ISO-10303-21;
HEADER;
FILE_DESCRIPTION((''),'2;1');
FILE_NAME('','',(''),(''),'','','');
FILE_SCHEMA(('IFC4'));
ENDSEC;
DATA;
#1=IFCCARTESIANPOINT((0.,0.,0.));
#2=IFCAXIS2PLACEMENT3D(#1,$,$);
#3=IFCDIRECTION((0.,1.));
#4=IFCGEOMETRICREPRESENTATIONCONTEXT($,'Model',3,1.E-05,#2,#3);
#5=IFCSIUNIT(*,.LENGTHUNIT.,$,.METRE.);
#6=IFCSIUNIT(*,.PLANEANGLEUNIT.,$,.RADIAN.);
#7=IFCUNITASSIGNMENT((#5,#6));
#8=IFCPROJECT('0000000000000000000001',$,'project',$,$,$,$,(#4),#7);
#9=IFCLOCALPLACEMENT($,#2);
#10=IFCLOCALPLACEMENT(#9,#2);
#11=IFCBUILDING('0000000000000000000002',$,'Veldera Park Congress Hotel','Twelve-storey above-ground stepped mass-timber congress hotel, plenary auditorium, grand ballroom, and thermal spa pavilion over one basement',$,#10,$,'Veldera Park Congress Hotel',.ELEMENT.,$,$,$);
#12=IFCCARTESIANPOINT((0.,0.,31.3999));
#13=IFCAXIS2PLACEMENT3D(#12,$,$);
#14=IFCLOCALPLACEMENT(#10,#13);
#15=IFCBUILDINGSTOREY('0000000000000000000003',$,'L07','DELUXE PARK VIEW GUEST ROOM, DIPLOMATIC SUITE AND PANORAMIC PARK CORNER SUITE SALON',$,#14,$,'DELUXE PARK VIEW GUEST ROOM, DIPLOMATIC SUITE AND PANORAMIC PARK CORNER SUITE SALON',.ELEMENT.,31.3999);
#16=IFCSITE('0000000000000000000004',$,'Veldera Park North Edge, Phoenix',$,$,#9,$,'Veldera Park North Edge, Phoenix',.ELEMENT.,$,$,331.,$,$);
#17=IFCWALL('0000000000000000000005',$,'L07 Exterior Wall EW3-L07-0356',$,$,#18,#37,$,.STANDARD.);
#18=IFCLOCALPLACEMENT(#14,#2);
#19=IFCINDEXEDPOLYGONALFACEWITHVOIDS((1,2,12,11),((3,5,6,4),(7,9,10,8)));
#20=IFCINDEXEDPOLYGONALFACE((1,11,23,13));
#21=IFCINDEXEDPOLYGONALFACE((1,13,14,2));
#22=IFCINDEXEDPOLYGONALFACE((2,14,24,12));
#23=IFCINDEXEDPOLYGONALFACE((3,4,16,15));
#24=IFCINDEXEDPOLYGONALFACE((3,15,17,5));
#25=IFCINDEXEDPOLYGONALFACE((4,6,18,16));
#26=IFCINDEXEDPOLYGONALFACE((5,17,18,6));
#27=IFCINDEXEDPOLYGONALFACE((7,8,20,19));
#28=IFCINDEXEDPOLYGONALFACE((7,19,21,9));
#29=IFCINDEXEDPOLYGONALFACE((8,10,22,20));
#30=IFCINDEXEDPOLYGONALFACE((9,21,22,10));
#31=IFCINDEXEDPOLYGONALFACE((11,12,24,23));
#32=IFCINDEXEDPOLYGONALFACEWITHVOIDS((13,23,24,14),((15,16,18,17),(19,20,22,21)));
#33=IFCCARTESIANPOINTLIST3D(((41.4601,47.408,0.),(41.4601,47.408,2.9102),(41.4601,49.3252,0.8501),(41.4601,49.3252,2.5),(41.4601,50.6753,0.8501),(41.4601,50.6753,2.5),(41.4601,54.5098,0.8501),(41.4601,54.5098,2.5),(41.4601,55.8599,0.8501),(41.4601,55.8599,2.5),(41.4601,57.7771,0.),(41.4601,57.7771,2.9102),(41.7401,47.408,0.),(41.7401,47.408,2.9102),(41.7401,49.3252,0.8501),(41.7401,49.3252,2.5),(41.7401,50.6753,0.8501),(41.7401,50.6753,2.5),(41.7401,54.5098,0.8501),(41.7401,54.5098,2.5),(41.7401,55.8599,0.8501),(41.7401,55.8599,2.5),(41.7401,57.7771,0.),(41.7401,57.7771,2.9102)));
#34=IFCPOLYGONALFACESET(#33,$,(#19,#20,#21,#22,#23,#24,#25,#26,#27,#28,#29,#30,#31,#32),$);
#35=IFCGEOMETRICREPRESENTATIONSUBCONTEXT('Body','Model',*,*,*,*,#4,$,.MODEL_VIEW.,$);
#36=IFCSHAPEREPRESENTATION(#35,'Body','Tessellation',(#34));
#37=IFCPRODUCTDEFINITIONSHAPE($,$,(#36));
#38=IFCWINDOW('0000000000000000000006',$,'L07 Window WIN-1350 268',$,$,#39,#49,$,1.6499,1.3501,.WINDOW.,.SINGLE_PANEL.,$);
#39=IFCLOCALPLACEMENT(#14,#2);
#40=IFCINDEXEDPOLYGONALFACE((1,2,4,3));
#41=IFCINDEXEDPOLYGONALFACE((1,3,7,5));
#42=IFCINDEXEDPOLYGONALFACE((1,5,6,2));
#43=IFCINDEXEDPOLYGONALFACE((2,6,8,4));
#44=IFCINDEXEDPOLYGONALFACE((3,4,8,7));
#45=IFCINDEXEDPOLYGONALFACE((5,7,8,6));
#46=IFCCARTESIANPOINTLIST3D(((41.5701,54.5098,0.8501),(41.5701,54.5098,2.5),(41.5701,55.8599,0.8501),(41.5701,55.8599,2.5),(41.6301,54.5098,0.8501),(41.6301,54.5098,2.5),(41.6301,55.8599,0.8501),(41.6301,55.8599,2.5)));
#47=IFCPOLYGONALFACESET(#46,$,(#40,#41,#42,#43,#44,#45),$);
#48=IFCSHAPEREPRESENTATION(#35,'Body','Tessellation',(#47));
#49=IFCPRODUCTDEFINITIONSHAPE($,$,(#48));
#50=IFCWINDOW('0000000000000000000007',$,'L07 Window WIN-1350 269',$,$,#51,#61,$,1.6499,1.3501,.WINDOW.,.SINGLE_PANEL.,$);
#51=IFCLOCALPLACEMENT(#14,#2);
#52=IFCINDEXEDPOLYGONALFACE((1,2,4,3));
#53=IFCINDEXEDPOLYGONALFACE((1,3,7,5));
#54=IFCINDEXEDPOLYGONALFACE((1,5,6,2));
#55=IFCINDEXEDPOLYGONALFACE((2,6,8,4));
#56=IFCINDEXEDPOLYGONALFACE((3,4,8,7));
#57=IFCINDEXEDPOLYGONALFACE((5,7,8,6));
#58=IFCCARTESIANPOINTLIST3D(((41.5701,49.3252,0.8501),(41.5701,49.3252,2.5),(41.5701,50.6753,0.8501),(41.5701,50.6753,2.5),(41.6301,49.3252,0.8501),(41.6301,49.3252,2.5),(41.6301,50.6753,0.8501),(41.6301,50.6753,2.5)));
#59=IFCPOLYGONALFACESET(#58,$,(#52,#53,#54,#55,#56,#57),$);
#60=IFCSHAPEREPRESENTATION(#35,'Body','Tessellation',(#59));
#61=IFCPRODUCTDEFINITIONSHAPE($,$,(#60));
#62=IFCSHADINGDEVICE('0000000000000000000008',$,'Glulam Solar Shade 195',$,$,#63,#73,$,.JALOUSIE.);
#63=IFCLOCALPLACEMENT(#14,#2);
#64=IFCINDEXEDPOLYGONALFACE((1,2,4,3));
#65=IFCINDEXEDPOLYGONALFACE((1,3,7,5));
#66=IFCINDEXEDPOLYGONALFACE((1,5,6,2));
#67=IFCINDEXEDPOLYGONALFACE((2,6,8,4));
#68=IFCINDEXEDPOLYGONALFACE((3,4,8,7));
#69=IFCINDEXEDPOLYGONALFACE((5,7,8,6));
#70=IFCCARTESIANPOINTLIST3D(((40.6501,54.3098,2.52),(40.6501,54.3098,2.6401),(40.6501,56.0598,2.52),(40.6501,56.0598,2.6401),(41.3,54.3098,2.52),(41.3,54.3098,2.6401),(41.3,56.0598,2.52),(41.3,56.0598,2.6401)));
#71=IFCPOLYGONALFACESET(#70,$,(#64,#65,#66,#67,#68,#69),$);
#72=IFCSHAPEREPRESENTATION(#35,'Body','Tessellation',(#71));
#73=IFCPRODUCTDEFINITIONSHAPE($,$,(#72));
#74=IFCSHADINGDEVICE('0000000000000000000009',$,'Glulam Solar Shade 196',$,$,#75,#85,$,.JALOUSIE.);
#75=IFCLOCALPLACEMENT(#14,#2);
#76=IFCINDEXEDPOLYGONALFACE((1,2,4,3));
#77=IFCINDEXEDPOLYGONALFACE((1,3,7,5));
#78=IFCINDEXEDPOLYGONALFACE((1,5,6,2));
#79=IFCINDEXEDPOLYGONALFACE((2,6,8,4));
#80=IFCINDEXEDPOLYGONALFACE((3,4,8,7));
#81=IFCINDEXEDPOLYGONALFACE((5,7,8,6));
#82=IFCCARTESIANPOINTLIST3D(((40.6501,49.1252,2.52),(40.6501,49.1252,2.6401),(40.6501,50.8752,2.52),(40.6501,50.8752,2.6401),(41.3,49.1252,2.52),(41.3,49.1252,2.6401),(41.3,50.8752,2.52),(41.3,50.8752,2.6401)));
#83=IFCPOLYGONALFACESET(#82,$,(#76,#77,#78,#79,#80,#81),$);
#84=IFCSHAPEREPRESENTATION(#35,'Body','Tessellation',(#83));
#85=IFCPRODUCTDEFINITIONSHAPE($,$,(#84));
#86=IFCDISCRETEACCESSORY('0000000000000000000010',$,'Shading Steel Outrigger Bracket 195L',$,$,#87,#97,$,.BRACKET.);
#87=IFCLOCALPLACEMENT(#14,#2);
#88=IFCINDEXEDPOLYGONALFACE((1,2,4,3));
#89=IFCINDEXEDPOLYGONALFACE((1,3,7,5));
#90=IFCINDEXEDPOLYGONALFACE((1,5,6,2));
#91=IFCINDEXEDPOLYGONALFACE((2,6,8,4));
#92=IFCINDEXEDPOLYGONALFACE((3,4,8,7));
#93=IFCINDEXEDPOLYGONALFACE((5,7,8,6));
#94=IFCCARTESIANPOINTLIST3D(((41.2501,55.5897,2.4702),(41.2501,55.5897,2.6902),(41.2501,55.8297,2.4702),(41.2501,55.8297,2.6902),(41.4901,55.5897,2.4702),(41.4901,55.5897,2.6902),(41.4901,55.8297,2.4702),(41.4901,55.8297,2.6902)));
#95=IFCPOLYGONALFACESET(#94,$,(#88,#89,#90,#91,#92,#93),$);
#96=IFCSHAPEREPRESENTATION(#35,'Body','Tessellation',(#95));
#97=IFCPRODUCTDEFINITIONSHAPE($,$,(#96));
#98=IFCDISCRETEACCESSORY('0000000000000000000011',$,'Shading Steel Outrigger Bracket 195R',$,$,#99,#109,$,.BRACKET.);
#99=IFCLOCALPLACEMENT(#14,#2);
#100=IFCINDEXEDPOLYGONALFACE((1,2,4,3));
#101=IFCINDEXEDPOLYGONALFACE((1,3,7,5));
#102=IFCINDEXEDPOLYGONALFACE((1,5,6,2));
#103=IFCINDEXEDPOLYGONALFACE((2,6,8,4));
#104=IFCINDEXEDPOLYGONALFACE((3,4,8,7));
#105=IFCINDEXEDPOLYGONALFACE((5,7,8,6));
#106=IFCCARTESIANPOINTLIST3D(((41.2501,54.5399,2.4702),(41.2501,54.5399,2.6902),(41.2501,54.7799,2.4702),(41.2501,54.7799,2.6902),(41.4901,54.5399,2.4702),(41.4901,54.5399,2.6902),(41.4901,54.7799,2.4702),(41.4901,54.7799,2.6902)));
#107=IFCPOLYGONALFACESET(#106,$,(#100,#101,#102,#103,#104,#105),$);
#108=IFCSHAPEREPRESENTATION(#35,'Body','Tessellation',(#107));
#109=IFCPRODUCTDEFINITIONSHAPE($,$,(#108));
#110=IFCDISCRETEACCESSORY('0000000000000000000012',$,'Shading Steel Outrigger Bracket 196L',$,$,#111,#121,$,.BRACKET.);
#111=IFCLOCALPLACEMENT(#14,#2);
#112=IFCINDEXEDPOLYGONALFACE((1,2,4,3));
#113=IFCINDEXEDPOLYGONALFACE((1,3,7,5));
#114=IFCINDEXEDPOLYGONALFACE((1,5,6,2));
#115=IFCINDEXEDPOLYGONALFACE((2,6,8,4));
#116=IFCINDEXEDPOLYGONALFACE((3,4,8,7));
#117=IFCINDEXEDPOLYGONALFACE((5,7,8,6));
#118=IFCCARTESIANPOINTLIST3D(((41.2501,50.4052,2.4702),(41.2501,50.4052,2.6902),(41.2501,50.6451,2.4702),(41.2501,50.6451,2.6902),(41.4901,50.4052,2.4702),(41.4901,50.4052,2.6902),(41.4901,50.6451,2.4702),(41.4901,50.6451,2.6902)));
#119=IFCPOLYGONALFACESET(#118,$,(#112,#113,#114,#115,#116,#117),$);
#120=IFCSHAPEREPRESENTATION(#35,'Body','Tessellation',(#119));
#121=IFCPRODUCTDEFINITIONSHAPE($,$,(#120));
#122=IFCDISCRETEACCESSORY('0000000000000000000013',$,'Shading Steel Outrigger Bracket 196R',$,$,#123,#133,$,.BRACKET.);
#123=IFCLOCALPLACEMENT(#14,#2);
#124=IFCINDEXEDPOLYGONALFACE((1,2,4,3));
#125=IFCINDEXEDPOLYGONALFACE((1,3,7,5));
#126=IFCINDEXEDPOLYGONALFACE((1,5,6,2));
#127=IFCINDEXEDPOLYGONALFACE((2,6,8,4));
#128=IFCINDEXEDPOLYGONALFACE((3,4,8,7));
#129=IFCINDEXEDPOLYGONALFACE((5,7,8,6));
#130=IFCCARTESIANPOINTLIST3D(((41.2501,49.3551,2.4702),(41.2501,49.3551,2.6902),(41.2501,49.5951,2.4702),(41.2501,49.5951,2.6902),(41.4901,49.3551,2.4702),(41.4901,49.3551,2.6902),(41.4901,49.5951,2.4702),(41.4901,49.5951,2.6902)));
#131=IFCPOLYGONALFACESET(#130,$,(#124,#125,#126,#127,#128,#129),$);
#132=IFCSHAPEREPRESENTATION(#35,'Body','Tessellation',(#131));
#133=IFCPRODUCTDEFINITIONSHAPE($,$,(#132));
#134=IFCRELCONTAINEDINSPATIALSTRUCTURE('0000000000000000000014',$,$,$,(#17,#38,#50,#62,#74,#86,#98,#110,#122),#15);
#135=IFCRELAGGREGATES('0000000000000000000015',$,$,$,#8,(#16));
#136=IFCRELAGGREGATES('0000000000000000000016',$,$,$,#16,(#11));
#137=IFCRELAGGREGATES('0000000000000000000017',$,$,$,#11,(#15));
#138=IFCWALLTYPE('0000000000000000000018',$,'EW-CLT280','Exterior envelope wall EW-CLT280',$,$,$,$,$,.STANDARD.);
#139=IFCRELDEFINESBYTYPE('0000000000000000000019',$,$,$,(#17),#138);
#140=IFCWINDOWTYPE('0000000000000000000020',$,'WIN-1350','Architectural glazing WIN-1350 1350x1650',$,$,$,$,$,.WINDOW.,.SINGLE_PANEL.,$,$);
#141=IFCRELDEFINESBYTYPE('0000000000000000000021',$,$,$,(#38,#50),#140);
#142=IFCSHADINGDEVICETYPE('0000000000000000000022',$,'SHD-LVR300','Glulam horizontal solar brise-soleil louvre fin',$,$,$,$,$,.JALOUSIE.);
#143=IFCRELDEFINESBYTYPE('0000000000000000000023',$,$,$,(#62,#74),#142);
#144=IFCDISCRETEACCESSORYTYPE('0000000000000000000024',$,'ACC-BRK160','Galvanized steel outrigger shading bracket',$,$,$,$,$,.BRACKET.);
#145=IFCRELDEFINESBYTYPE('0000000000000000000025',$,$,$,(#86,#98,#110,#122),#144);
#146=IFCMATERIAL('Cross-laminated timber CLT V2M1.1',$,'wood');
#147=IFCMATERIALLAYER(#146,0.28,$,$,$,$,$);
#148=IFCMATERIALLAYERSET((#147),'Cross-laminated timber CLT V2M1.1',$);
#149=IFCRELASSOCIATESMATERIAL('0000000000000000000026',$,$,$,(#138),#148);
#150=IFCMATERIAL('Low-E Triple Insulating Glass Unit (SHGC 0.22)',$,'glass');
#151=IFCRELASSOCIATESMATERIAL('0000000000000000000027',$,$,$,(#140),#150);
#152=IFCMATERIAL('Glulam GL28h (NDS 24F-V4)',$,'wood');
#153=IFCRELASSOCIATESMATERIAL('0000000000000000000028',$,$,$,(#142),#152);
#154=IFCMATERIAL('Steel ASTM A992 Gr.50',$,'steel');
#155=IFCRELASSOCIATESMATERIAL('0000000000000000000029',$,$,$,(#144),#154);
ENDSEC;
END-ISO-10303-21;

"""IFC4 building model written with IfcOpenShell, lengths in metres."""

from ifc_helpers import new_model, si_unit, direction, frame, frame_2d, origin, origin_2d, place, context, subcontext, project, spatial, rectangle, extrude, material, layer, layer_set, type_object, element, fill, save


model = new_model("IFC4")

# Units and contexts
model_context = context("Model", 3, precision=1e-05, world=origin(), true_north=direction((0.0, 1.0)))
body_context = subcontext(model_context, "Body", "Model", "MODEL_VIEW")
ifc_project = project(units=[si_unit("LENGTHUNIT", "METRE"), si_unit("PLANEANGLEUNIT", "RADIAN")], contexts=[model_context])

# Site, building, storey
site_placement = place(None, origin())
site = spatial("IfcSite", under=ifc_project, at=site_placement, Name="Veldera Park North Edge, Phoenix", LongName="Veldera Park North Edge, Phoenix", CompositionType="ELEMENT", RefElevation=331.0)
building_placement = place(site_placement, origin())
building = spatial("IfcBuilding", under=site, at=building_placement, Name="Veldera Park Congress Hotel", Description="Twelve-storey above-ground stepped mass-timber congress hotel, plenary auditorium, grand ballroom, and thermal spa pavilion over one basement", LongName="Veldera Park Congress Hotel", CompositionType="ELEMENT")
storey_placement = place(building_placement, frame((0.0, 0.0, 31.3999)))
storey = spatial("IfcBuildingStorey", under=building, at=storey_placement, Name="L07", Description="DELUXE PARK VIEW GUEST ROOM, DIPLOMATIC SUITE AND PANORAMIC PARK CORNER SUITE SALON", LongName="DELUXE PARK VIEW GUEST ROOM, DIPLOMATIC SUITE AND PANORAMIC PARK CORNER SUITE SALON", CompositionType="ELEMENT", Elevation=31.3999)

# Shared definitions
ifc_material_1 = material(Name="Glulam GL28h (NDS 24F-V4)", Category="wood")

# Shared definitions
ifc_material_2 = material(Name="Cross-laminated timber CLT V2M1.1", Category="wood")
ifc_layer = layer(ifc_material_2, 0.28)
ifc_layer_set = layer_set([ifc_layer], Name="Cross-laminated timber CLT V2M1.1")
wall_type = type_object("IfcWallType", Name="EW-CLT280", Description="Exterior envelope wall EW-CLT280", PredefinedType="STANDARD", material=ifc_layer_set)
ifc_material_3 = material(Name="Low-E Triple Insulating Glass Unit (SHGC 0.22)", Category="glass")

# Wall, openings, windows
wall_1_placement = place(storey_placement, frame((41.6001, 57.7771, 0.0), z_axis=(0.0, 0.0, 1.0), x_axis=(0.0, -1.0, 0.0)))
wall_1 = element("IfcWall", 1, at=wall_1_placement, inside=storey, type_object=wall_type, Name="L07 Exterior Wall EW3-L07-0356", PredefinedType="STANDARD", context=body_context, shape_type="SweptSolid", body=[
    extrude(rectangle(XDim=10.3691, YDim=0.28, at=frame_2d((5.1846, 0.0))), origin(), (0.0, 0.0, 1.0), 2.9102),
])
opening_1_placement = place(wall_1_placement, frame((1.9172, 0.0, 0.8501)))
opening_1 = element("IfcOpeningElement", 2, at=opening_1_placement, cuts=wall_1, PredefinedType="OPENING", context=body_context, shape_type="SweptSolid", body=[
    extrude(rectangle(XDim=1.3501, YDim=1.6499, at=frame_2d((0.675, 0.825))), frame((0.0, 0.1521, 0.0), z_axis=(0.0, -1.0, 0.0), x_axis=(1.0, 0.0, 0.0)), (0.0, 0.0, 1.0), 0.304),
])
opening_2_placement = place(wall_1_placement, frame((7.1018, 0.0, 0.8501)))
opening_2 = element("IfcOpeningElement", 3, at=opening_2_placement, cuts=wall_1, PredefinedType="OPENING", context=body_context, shape_type="SweptSolid", body=[
    extrude(rectangle(XDim=1.3501, YDim=1.6499, at=frame_2d((0.675, 0.825))), frame((0.0, 0.1521, 0.0), z_axis=(0.0, -1.0, 0.0), x_axis=(1.0, 0.0, 0.0)), (0.0, 0.0, 1.0), 0.304),
])
window_type_1 = type_object("IfcWindowType", Name="WIN-1350", Description="Architectural glazing WIN-1350 1350x1650", PartitioningType="SINGLE_PANEL", PredefinedType="WINDOW", material=ifc_material_3)
window_1_placement = place(opening_1_placement, origin())
window_1 = element("IfcWindow", 4, at=window_1_placement, inside=storey, type_object=window_type_1, Name="L07 Window WIN-1350 268", OverallHeight=1.6499, OverallWidth=1.3501, PartitioningType="SINGLE_PANEL", PredefinedType="WINDOW", context=body_context, shape_type="SweptSolid", body=[
    extrude(rectangle(XDim=1.3501, YDim=1.6499, at=frame_2d((0.675, 0.825))), frame((0.0, 0.03, 0.0), z_axis=(0.0, -1.0, 0.0), x_axis=(1.0, 0.0, 0.0)), (0.0, 0.0, 1.0), 0.0601),
])
fill(opening_1, window_1)
window_2_placement = place(opening_2_placement, origin())
window_2 = element("IfcWindow", 5, at=window_2_placement, inside=storey, type_object=window_type_1, Name="L07 Window WIN-1350 269", OverallHeight=1.6499, OverallWidth=1.3501, PartitioningType="SINGLE_PANEL", PredefinedType="WINDOW", context=body_context, shape_type="SweptSolid", body=[
    extrude(rectangle(XDim=1.3501, YDim=1.6499, at=frame_2d((0.675, 0.825))), frame((0.0, 0.03, 0.0), z_axis=(0.0, -1.0, 0.0), x_axis=(1.0, 0.0, 0.0)), (0.0, 0.0, 1.0), 0.0601),
])
fill(opening_2, window_2)

# Shading devices
shading_device_type = type_object("IfcShadingDeviceType", Name="SHD-LVR300", Description="Glulam horizontal solar brise-soleil louvre fin", PredefinedType="JALOUSIE", material=ifc_material_1)
for number, where, z_axis, x_axis, name in (
    (6, (40.9751, 55.1848, 2.52), (0.0, 0.0, 1.0), (0.0, -1.0, 0.0), "Glulam Solar Shade 195"),
    (7, (40.9751, 50.0002, 2.52), (0.0, 0.0, 1.0), (0.0, -1.0, 0.0), "Glulam Solar Shade 196"),
):
    element("IfcShadingDevice", number, at=place(storey_placement, frame(where, z_axis=z_axis, x_axis=x_axis)), inside=storey, type_object=shading_device_type, Name=name, PredefinedType="JALOUSIE", context=body_context, shape_type="SweptSolid", body=[
        extrude(rectangle(XDim=1.75, YDim=0.6499, at=origin_2d()), origin(), (0.0, 0.0, 1.0), 0.1201),
    ])

# Discrete accessories
ifc_material_4 = material(Name="Steel ASTM A992 Gr.50", Category="steel")
discrete_accessory_type = type_object("IfcDiscreteAccessoryType", Name="ACC-BRK160", Description="Galvanized steel outrigger shading bracket", PredefinedType="BRACKET", material=ifc_material_4)
for number, where, z_axis, x_axis, name in (
    (8, (41.3701, 55.7097, 2.4702), (0.0, 0.0, 1.0), (0.0, -1.0, 0.0), "Shading Steel Outrigger Bracket 195L"),
    (9, (41.3701, 54.6599, 2.4702), (0.0, 0.0, 1.0), (0.0, -1.0, 0.0), "Shading Steel Outrigger Bracket 195R"),
    (10, (41.3701, 50.5251, 2.4702), (0.0, 0.0, 1.0), (0.0, -1.0, 0.0), "Shading Steel Outrigger Bracket 196L"),
    (11, (41.3701, 49.4751, 2.4702), (0.0, 0.0, 1.0), (0.0, -1.0, 0.0), "Shading Steel Outrigger Bracket 196R"),
):
    element("IfcDiscreteAccessory", number, at=place(storey_placement, frame(where, z_axis=z_axis, x_axis=x_axis)), inside=storey, type_object=discrete_accessory_type, Name=name, PredefinedType="BRACKET", context=body_context, shape_type="SweptSolid", body=[
        extrude(rectangle(XDim=0.24, YDim=0.24, at=origin_2d()), origin(), (0.0, 0.0, 1.0), 0.22),
    ])

save(model, "model.ifc")
